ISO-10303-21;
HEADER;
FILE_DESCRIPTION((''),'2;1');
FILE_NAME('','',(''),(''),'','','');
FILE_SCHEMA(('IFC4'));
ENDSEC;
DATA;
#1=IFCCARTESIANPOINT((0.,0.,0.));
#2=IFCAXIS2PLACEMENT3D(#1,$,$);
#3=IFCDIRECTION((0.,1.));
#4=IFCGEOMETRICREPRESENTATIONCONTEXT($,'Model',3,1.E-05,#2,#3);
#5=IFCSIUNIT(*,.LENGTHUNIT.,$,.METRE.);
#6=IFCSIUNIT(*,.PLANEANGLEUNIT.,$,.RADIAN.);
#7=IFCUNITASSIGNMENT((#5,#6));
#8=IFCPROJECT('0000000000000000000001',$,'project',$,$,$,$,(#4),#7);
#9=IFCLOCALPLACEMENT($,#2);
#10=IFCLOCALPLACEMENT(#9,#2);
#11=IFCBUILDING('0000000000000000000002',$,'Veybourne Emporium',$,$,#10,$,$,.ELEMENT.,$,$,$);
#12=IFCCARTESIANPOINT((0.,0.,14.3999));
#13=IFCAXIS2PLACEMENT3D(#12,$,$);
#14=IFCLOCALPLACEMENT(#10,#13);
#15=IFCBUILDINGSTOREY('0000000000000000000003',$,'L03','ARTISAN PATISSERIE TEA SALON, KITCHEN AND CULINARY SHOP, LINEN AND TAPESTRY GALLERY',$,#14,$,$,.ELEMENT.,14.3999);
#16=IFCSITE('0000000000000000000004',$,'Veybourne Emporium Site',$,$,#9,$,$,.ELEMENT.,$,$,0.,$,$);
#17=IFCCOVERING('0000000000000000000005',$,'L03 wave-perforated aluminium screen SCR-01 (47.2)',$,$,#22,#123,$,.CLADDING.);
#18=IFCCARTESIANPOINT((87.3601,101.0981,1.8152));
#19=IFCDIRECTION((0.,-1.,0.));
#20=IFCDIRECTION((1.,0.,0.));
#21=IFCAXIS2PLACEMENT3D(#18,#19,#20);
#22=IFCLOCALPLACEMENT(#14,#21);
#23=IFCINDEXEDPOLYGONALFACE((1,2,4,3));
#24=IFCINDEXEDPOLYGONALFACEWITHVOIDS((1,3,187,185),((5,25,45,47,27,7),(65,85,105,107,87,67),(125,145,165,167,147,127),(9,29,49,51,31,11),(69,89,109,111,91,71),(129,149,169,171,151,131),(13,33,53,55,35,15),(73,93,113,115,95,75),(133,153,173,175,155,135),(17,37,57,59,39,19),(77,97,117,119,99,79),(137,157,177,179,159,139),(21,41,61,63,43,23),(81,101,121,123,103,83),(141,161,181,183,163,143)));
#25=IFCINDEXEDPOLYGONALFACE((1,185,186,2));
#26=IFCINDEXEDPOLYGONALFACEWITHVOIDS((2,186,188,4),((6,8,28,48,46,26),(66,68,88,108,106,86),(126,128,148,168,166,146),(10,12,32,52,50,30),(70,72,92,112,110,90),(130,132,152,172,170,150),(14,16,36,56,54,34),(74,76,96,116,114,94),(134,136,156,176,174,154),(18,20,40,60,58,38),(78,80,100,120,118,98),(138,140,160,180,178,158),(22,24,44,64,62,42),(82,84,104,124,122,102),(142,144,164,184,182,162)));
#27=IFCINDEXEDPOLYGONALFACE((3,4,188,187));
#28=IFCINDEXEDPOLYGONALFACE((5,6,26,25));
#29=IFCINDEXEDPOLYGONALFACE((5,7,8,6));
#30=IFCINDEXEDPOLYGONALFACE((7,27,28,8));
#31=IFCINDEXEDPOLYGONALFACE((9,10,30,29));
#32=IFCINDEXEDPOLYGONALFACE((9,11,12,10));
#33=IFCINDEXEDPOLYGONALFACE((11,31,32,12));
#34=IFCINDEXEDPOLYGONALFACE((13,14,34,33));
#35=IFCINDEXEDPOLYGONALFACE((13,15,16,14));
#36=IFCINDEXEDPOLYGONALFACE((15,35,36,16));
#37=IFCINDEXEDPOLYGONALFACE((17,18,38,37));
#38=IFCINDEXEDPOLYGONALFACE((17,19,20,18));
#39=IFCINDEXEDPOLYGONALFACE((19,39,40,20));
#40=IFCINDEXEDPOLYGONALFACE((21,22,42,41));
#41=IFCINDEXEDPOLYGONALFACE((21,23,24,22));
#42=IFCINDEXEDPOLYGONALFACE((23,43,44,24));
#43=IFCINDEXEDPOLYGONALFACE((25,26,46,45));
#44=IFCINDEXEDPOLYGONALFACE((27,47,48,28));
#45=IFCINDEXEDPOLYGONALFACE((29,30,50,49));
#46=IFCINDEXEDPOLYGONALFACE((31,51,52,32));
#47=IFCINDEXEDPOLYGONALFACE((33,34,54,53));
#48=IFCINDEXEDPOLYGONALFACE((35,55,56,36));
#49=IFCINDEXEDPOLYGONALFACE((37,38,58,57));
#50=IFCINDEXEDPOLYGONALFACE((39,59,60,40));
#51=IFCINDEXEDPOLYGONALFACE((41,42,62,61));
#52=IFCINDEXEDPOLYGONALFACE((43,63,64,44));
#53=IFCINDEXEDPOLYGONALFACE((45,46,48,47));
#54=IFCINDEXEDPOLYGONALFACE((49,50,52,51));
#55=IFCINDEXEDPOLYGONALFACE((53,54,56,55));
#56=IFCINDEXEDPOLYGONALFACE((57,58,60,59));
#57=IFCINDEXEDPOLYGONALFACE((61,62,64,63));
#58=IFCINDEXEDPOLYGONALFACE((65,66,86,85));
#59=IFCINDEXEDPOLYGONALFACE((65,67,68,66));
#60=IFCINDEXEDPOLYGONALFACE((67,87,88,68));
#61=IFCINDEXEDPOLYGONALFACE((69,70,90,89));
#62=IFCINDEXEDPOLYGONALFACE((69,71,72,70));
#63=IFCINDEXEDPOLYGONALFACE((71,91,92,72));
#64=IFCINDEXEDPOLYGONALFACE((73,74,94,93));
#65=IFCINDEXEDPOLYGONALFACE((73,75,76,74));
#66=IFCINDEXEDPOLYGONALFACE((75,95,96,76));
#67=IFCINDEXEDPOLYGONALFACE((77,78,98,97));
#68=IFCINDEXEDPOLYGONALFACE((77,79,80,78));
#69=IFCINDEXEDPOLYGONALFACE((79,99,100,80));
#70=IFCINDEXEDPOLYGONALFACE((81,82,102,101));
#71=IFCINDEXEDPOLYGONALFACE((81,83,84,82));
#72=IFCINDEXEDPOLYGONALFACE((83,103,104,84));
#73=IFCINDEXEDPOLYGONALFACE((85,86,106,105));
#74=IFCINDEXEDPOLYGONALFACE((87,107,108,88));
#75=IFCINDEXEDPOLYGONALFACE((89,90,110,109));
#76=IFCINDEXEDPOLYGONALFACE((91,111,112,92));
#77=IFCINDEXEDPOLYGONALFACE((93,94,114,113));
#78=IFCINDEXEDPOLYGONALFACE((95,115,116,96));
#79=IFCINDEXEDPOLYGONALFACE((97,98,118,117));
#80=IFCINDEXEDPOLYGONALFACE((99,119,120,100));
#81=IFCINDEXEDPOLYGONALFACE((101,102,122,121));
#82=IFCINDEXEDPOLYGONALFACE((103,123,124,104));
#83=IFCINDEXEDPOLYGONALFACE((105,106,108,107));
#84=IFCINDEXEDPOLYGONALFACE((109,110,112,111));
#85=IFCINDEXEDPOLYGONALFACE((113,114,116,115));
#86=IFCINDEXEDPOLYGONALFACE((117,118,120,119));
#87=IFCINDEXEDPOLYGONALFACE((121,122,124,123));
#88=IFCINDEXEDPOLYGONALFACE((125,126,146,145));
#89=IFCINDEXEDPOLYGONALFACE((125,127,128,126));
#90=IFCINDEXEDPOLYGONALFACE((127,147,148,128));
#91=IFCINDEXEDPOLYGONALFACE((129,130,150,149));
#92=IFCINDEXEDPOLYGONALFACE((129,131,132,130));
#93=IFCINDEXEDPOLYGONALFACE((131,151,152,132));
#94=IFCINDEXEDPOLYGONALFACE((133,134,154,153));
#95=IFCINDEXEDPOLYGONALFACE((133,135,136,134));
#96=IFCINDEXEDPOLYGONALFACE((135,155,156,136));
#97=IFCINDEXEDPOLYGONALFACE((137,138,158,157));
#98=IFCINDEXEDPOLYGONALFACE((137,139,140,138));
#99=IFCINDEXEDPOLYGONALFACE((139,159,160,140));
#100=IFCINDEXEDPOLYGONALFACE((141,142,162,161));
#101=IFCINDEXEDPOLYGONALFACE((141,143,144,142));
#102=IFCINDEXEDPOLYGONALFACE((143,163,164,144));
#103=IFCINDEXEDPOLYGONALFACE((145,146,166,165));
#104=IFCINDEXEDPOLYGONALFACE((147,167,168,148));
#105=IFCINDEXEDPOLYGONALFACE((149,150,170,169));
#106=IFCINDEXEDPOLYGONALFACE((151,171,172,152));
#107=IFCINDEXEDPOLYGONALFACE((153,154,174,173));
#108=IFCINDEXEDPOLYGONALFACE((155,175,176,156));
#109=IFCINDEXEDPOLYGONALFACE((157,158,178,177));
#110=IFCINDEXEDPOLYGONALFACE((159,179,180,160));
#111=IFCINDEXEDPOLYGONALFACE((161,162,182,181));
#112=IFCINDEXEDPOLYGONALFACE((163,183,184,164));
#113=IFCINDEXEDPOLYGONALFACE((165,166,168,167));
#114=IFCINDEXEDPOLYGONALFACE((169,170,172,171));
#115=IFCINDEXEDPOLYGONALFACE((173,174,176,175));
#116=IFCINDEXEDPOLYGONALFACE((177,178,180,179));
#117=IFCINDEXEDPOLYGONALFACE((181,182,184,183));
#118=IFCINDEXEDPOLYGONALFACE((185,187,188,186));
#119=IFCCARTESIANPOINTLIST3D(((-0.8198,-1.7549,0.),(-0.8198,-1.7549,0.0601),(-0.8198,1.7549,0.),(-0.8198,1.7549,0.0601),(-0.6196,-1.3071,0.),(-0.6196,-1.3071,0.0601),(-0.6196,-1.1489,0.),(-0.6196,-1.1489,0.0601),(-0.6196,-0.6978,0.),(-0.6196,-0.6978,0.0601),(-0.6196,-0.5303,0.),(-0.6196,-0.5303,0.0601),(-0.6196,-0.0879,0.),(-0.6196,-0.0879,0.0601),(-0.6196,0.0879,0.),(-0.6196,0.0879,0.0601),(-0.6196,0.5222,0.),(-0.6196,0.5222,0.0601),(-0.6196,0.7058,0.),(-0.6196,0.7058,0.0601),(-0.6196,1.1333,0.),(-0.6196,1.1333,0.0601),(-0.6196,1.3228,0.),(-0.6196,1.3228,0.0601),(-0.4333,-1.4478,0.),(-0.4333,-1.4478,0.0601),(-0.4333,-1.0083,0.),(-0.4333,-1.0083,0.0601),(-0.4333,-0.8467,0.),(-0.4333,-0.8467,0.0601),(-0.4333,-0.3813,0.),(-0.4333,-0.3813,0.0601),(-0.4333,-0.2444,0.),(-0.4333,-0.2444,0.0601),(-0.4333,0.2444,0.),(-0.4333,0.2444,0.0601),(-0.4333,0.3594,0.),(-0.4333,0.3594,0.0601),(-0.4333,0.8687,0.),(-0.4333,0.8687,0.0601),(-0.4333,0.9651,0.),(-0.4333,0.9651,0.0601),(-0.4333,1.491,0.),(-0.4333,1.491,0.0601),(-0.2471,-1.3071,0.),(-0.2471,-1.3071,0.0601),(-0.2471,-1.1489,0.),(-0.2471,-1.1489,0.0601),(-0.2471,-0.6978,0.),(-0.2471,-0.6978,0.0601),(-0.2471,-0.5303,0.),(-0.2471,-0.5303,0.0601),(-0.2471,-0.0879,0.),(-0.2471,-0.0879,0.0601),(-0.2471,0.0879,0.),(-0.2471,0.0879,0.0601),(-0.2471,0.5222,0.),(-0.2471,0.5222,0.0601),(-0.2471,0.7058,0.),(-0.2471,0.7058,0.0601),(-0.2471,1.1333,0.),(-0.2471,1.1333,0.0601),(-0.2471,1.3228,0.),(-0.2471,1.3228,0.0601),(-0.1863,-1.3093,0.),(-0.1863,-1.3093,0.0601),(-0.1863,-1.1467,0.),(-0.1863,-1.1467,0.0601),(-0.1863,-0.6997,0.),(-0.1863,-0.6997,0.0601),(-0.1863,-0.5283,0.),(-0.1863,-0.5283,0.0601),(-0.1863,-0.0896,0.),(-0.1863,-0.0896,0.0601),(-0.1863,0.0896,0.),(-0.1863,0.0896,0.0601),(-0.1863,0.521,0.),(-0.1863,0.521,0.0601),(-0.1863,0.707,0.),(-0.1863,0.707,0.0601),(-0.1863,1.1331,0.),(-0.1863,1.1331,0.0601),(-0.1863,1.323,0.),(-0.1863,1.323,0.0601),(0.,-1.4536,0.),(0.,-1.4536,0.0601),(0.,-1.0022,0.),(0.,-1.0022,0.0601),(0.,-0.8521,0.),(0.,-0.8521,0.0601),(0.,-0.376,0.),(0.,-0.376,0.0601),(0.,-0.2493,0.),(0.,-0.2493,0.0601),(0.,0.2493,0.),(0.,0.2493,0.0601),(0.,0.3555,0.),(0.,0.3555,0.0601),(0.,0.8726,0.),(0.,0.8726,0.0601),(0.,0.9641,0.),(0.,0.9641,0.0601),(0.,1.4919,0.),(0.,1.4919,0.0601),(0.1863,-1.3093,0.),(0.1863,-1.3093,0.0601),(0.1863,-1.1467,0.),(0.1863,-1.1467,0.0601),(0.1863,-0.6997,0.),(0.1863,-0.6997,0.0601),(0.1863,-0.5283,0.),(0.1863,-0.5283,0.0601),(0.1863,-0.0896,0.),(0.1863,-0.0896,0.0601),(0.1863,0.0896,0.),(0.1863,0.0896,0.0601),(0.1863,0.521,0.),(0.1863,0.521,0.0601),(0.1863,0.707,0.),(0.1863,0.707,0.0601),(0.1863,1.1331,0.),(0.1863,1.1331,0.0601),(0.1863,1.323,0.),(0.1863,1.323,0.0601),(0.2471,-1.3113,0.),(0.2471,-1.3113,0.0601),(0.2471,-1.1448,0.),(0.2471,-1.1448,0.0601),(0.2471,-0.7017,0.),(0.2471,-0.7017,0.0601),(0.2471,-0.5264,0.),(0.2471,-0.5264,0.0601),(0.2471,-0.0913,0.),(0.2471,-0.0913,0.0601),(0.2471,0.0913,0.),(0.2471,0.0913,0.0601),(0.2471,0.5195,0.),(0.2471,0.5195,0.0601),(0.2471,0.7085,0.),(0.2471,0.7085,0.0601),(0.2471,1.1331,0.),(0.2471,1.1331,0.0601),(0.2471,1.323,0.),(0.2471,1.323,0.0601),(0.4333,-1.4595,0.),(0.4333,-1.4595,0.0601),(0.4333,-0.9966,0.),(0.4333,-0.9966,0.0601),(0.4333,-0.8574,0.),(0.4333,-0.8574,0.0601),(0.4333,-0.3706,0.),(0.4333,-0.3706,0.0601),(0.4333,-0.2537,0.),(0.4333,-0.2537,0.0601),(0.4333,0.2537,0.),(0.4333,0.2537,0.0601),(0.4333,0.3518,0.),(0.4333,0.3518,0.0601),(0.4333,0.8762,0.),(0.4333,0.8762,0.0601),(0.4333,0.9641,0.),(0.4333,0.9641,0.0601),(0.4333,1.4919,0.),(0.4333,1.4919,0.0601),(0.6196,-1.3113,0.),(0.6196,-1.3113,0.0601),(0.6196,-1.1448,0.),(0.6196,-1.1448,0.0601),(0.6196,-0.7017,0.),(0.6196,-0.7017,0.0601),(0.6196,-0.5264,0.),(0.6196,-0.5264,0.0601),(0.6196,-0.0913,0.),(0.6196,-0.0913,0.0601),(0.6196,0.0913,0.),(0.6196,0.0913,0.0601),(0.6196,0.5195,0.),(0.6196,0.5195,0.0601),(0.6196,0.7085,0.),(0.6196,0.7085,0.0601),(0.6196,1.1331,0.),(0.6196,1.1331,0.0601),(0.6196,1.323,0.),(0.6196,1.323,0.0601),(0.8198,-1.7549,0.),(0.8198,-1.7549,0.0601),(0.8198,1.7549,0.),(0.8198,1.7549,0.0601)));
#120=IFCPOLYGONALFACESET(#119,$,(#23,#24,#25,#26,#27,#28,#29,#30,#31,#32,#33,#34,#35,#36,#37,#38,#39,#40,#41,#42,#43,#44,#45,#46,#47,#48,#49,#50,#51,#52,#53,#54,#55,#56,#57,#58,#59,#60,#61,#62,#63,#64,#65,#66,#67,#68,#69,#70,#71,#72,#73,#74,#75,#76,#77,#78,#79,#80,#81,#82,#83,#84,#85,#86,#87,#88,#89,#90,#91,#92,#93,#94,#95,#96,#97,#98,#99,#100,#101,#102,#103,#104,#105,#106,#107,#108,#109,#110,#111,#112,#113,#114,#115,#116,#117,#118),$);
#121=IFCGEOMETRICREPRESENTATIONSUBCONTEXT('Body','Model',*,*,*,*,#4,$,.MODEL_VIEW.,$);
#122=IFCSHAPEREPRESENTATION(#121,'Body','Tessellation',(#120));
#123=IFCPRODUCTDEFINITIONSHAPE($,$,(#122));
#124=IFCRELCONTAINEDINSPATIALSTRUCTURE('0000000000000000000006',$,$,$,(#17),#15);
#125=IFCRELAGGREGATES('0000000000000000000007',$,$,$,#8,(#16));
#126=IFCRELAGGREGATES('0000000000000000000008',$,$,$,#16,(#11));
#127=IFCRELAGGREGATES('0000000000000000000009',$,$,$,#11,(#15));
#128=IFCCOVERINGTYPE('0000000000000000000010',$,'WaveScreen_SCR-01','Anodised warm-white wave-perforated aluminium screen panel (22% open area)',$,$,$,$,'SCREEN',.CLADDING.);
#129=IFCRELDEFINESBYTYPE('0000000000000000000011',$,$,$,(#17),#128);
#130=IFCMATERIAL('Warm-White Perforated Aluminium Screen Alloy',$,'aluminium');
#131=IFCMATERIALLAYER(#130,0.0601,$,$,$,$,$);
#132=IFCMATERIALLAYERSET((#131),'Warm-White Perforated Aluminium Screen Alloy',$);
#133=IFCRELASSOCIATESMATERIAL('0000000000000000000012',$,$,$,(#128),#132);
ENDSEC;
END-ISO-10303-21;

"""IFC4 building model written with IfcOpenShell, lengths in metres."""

from ifc_helpers import new_model, si_unit, direction, frame, origin, place, context, subcontext, project, spatial, polyline, outline, extrude, material, layer, layer_set, type_object, element, save


model = new_model("IFC4")

# Units and contexts
model_context = context("Model", 3, precision=1e-05, world=origin(), true_north=direction((0.0, 1.0)))
body_context = subcontext(model_context, "Body", "Model", "MODEL_VIEW")
ifc_project = project(units=[si_unit("LENGTHUNIT", "METRE"), si_unit("PLANEANGLEUNIT", "RADIAN")], contexts=[model_context])

# Site, building, storey
site_placement = place(None, origin())
site = spatial("IfcSite", under=ifc_project, at=site_placement, Name="Veybourne Emporium Site", CompositionType="ELEMENT", RefElevation=0.0)
building_placement = place(site_placement, origin())
building = spatial("IfcBuilding", under=site, at=building_placement, Name="Veybourne Emporium", CompositionType="ELEMENT")
storey_placement = place(building_placement, frame((0.0, 0.0, 14.3999)))
storey = spatial("IfcBuildingStorey", under=building, at=storey_placement, Name="L03", Description="ARTISAN PATISSERIE TEA SALON, KITCHEN AND CULINARY SHOP, LINEN AND TAPESTRY GALLERY", CompositionType="ELEMENT", Elevation=14.3999)

# Covering
ifc_material_1 = material(Name="Warm-White Perforated Aluminium Screen Alloy", Category="aluminium")
ifc_layer_1 = layer(ifc_material_1, 0.0601)
ifc_layer_set_1 = layer_set([ifc_layer_1], Name="Warm-White Perforated Aluminium Screen Alloy")
covering_type_1 = type_object("IfcCoveringType", Name="WaveScreen_SCR-01", Description="Anodised warm-white wave-perforated aluminium screen panel (22% open area)", ElementType="SCREEN", PredefinedType="CLADDING", material=ifc_layer_set_1)
covering_1_placement = place(storey_placement, frame((87.3601, 101.0981, 1.8152), z_axis=(0.0, -1.0, 0.0), x_axis=(1.0, 0.0, 0.0)))
element("IfcCovering", 1, at=covering_1_placement, inside=storey, type_object=covering_type_1, Name="L03 wave-perforated aluminium screen SCR-01 (47.2)", PredefinedType="CLADDING", context=body_context, shape_type="SweptSolid", body=[
    extrude(outline(polyline([(-0.8198, -1.7549), (0.8198, -1.7549), (0.8198, 1.7549), (-0.8198, 1.7549), (-0.8198, -1.7549)]), holes=[polyline([(-0.4333, -1.0083), (-0.2471, -1.1489), (-0.2471, -1.3071), (-0.4333, -1.4478), (-0.6196, -1.3071), (-0.6196, -1.1489), (-0.4333, -1.0083)]), polyline([(-0.4333, -0.3813), (-0.2471, -0.5303), (-0.2471, -0.6978), (-0.4333, -0.8467), (-0.6196, -0.6978), (-0.6196, -0.5303), (-0.4333, -0.3813)]), polyline([(-0.4333, 0.2444), (-0.2471, 0.0879), (-0.2471, -0.0879), (-0.4333, -0.2444), (-0.6196, -0.0879), (-0.6196, 0.0879), (-0.4333, 0.2444)]), polyline([(-0.4333, 0.8687), (-0.2471, 0.7058), (-0.2471, 0.5222), (-0.4333, 0.3594), (-0.6196, 0.5222), (-0.6196, 0.7058), (-0.4333, 0.8687)]), polyline([(-0.4333, 1.491), (-0.2471, 1.3228), (-0.2471, 1.1333), (-0.4333, 0.9651), (-0.6196, 1.1333), (-0.6196, 1.3228), (-0.4333, 1.491)]), polyline([(0.0, -1.0022), (0.1863, -1.1467), (0.1863, -1.3093), (0.0, -1.4536), (-0.1863, -1.3093), (-0.1863, -1.1467), (0.0, -1.0022)]), polyline([(0.0, -0.376), (0.1863, -0.5283), (0.1863, -0.6997), (0.0, -0.8521), (-0.1863, -0.6997), (-0.1863, -0.5283), (0.0, -0.376)]), polyline([(0.0, 0.2493), (0.1863, 0.0896), (0.1863, -0.0896), (0.0, -0.2493), (-0.1863, -0.0896), (-0.1863, 0.0896), (0.0, 0.2493)]), polyline([(0.0, 0.8726), (0.1863, 0.707), (0.1863, 0.521), (0.0, 0.3555), (-0.1863, 0.521), (-0.1863, 0.707), (0.0, 0.8726)]), polyline([(0.0, 1.4919), (0.1863, 1.323), (0.1863, 1.1331), (0.0, 0.9641), (-0.1863, 1.1331), (-0.1863, 1.323), (0.0, 1.4919)]), polyline([(0.4333, -0.9966), (0.6196, -1.1448), (0.6196, -1.3113), (0.4333, -1.4595), (0.2471, -1.3113), (0.2471, -1.1448), (0.4333, -0.9966)]), polyline([(0.4333, -0.3706), (0.6196, -0.5264), (0.6196, -0.7017), (0.4333, -0.8574), (0.2471, -0.7017), (0.2471, -0.5264), (0.4333, -0.3706)]), polyline([(0.4333, 0.2537), (0.6196, 0.0913), (0.6196, -0.0913), (0.4333, -0.2537), (0.2471, -0.0913), (0.2471, 0.0913), (0.4333, 0.2537)]), polyline([(0.4333, 0.8762), (0.6196, 0.7085), (0.6196, 0.5195), (0.4333, 0.3518), (0.2471, 0.5195), (0.2471, 0.7085), (0.4333, 0.8762)]), polyline([(0.4333, 1.4919), (0.6196, 1.323), (0.6196, 1.1331), (0.4333, 0.9641), (0.2471, 1.1331), (0.2471, 1.323), (0.4333, 1.4919)])]), origin(), (0.0, 0.0, 1.0), 0.0601),
])

save(model, "model.ifc")
